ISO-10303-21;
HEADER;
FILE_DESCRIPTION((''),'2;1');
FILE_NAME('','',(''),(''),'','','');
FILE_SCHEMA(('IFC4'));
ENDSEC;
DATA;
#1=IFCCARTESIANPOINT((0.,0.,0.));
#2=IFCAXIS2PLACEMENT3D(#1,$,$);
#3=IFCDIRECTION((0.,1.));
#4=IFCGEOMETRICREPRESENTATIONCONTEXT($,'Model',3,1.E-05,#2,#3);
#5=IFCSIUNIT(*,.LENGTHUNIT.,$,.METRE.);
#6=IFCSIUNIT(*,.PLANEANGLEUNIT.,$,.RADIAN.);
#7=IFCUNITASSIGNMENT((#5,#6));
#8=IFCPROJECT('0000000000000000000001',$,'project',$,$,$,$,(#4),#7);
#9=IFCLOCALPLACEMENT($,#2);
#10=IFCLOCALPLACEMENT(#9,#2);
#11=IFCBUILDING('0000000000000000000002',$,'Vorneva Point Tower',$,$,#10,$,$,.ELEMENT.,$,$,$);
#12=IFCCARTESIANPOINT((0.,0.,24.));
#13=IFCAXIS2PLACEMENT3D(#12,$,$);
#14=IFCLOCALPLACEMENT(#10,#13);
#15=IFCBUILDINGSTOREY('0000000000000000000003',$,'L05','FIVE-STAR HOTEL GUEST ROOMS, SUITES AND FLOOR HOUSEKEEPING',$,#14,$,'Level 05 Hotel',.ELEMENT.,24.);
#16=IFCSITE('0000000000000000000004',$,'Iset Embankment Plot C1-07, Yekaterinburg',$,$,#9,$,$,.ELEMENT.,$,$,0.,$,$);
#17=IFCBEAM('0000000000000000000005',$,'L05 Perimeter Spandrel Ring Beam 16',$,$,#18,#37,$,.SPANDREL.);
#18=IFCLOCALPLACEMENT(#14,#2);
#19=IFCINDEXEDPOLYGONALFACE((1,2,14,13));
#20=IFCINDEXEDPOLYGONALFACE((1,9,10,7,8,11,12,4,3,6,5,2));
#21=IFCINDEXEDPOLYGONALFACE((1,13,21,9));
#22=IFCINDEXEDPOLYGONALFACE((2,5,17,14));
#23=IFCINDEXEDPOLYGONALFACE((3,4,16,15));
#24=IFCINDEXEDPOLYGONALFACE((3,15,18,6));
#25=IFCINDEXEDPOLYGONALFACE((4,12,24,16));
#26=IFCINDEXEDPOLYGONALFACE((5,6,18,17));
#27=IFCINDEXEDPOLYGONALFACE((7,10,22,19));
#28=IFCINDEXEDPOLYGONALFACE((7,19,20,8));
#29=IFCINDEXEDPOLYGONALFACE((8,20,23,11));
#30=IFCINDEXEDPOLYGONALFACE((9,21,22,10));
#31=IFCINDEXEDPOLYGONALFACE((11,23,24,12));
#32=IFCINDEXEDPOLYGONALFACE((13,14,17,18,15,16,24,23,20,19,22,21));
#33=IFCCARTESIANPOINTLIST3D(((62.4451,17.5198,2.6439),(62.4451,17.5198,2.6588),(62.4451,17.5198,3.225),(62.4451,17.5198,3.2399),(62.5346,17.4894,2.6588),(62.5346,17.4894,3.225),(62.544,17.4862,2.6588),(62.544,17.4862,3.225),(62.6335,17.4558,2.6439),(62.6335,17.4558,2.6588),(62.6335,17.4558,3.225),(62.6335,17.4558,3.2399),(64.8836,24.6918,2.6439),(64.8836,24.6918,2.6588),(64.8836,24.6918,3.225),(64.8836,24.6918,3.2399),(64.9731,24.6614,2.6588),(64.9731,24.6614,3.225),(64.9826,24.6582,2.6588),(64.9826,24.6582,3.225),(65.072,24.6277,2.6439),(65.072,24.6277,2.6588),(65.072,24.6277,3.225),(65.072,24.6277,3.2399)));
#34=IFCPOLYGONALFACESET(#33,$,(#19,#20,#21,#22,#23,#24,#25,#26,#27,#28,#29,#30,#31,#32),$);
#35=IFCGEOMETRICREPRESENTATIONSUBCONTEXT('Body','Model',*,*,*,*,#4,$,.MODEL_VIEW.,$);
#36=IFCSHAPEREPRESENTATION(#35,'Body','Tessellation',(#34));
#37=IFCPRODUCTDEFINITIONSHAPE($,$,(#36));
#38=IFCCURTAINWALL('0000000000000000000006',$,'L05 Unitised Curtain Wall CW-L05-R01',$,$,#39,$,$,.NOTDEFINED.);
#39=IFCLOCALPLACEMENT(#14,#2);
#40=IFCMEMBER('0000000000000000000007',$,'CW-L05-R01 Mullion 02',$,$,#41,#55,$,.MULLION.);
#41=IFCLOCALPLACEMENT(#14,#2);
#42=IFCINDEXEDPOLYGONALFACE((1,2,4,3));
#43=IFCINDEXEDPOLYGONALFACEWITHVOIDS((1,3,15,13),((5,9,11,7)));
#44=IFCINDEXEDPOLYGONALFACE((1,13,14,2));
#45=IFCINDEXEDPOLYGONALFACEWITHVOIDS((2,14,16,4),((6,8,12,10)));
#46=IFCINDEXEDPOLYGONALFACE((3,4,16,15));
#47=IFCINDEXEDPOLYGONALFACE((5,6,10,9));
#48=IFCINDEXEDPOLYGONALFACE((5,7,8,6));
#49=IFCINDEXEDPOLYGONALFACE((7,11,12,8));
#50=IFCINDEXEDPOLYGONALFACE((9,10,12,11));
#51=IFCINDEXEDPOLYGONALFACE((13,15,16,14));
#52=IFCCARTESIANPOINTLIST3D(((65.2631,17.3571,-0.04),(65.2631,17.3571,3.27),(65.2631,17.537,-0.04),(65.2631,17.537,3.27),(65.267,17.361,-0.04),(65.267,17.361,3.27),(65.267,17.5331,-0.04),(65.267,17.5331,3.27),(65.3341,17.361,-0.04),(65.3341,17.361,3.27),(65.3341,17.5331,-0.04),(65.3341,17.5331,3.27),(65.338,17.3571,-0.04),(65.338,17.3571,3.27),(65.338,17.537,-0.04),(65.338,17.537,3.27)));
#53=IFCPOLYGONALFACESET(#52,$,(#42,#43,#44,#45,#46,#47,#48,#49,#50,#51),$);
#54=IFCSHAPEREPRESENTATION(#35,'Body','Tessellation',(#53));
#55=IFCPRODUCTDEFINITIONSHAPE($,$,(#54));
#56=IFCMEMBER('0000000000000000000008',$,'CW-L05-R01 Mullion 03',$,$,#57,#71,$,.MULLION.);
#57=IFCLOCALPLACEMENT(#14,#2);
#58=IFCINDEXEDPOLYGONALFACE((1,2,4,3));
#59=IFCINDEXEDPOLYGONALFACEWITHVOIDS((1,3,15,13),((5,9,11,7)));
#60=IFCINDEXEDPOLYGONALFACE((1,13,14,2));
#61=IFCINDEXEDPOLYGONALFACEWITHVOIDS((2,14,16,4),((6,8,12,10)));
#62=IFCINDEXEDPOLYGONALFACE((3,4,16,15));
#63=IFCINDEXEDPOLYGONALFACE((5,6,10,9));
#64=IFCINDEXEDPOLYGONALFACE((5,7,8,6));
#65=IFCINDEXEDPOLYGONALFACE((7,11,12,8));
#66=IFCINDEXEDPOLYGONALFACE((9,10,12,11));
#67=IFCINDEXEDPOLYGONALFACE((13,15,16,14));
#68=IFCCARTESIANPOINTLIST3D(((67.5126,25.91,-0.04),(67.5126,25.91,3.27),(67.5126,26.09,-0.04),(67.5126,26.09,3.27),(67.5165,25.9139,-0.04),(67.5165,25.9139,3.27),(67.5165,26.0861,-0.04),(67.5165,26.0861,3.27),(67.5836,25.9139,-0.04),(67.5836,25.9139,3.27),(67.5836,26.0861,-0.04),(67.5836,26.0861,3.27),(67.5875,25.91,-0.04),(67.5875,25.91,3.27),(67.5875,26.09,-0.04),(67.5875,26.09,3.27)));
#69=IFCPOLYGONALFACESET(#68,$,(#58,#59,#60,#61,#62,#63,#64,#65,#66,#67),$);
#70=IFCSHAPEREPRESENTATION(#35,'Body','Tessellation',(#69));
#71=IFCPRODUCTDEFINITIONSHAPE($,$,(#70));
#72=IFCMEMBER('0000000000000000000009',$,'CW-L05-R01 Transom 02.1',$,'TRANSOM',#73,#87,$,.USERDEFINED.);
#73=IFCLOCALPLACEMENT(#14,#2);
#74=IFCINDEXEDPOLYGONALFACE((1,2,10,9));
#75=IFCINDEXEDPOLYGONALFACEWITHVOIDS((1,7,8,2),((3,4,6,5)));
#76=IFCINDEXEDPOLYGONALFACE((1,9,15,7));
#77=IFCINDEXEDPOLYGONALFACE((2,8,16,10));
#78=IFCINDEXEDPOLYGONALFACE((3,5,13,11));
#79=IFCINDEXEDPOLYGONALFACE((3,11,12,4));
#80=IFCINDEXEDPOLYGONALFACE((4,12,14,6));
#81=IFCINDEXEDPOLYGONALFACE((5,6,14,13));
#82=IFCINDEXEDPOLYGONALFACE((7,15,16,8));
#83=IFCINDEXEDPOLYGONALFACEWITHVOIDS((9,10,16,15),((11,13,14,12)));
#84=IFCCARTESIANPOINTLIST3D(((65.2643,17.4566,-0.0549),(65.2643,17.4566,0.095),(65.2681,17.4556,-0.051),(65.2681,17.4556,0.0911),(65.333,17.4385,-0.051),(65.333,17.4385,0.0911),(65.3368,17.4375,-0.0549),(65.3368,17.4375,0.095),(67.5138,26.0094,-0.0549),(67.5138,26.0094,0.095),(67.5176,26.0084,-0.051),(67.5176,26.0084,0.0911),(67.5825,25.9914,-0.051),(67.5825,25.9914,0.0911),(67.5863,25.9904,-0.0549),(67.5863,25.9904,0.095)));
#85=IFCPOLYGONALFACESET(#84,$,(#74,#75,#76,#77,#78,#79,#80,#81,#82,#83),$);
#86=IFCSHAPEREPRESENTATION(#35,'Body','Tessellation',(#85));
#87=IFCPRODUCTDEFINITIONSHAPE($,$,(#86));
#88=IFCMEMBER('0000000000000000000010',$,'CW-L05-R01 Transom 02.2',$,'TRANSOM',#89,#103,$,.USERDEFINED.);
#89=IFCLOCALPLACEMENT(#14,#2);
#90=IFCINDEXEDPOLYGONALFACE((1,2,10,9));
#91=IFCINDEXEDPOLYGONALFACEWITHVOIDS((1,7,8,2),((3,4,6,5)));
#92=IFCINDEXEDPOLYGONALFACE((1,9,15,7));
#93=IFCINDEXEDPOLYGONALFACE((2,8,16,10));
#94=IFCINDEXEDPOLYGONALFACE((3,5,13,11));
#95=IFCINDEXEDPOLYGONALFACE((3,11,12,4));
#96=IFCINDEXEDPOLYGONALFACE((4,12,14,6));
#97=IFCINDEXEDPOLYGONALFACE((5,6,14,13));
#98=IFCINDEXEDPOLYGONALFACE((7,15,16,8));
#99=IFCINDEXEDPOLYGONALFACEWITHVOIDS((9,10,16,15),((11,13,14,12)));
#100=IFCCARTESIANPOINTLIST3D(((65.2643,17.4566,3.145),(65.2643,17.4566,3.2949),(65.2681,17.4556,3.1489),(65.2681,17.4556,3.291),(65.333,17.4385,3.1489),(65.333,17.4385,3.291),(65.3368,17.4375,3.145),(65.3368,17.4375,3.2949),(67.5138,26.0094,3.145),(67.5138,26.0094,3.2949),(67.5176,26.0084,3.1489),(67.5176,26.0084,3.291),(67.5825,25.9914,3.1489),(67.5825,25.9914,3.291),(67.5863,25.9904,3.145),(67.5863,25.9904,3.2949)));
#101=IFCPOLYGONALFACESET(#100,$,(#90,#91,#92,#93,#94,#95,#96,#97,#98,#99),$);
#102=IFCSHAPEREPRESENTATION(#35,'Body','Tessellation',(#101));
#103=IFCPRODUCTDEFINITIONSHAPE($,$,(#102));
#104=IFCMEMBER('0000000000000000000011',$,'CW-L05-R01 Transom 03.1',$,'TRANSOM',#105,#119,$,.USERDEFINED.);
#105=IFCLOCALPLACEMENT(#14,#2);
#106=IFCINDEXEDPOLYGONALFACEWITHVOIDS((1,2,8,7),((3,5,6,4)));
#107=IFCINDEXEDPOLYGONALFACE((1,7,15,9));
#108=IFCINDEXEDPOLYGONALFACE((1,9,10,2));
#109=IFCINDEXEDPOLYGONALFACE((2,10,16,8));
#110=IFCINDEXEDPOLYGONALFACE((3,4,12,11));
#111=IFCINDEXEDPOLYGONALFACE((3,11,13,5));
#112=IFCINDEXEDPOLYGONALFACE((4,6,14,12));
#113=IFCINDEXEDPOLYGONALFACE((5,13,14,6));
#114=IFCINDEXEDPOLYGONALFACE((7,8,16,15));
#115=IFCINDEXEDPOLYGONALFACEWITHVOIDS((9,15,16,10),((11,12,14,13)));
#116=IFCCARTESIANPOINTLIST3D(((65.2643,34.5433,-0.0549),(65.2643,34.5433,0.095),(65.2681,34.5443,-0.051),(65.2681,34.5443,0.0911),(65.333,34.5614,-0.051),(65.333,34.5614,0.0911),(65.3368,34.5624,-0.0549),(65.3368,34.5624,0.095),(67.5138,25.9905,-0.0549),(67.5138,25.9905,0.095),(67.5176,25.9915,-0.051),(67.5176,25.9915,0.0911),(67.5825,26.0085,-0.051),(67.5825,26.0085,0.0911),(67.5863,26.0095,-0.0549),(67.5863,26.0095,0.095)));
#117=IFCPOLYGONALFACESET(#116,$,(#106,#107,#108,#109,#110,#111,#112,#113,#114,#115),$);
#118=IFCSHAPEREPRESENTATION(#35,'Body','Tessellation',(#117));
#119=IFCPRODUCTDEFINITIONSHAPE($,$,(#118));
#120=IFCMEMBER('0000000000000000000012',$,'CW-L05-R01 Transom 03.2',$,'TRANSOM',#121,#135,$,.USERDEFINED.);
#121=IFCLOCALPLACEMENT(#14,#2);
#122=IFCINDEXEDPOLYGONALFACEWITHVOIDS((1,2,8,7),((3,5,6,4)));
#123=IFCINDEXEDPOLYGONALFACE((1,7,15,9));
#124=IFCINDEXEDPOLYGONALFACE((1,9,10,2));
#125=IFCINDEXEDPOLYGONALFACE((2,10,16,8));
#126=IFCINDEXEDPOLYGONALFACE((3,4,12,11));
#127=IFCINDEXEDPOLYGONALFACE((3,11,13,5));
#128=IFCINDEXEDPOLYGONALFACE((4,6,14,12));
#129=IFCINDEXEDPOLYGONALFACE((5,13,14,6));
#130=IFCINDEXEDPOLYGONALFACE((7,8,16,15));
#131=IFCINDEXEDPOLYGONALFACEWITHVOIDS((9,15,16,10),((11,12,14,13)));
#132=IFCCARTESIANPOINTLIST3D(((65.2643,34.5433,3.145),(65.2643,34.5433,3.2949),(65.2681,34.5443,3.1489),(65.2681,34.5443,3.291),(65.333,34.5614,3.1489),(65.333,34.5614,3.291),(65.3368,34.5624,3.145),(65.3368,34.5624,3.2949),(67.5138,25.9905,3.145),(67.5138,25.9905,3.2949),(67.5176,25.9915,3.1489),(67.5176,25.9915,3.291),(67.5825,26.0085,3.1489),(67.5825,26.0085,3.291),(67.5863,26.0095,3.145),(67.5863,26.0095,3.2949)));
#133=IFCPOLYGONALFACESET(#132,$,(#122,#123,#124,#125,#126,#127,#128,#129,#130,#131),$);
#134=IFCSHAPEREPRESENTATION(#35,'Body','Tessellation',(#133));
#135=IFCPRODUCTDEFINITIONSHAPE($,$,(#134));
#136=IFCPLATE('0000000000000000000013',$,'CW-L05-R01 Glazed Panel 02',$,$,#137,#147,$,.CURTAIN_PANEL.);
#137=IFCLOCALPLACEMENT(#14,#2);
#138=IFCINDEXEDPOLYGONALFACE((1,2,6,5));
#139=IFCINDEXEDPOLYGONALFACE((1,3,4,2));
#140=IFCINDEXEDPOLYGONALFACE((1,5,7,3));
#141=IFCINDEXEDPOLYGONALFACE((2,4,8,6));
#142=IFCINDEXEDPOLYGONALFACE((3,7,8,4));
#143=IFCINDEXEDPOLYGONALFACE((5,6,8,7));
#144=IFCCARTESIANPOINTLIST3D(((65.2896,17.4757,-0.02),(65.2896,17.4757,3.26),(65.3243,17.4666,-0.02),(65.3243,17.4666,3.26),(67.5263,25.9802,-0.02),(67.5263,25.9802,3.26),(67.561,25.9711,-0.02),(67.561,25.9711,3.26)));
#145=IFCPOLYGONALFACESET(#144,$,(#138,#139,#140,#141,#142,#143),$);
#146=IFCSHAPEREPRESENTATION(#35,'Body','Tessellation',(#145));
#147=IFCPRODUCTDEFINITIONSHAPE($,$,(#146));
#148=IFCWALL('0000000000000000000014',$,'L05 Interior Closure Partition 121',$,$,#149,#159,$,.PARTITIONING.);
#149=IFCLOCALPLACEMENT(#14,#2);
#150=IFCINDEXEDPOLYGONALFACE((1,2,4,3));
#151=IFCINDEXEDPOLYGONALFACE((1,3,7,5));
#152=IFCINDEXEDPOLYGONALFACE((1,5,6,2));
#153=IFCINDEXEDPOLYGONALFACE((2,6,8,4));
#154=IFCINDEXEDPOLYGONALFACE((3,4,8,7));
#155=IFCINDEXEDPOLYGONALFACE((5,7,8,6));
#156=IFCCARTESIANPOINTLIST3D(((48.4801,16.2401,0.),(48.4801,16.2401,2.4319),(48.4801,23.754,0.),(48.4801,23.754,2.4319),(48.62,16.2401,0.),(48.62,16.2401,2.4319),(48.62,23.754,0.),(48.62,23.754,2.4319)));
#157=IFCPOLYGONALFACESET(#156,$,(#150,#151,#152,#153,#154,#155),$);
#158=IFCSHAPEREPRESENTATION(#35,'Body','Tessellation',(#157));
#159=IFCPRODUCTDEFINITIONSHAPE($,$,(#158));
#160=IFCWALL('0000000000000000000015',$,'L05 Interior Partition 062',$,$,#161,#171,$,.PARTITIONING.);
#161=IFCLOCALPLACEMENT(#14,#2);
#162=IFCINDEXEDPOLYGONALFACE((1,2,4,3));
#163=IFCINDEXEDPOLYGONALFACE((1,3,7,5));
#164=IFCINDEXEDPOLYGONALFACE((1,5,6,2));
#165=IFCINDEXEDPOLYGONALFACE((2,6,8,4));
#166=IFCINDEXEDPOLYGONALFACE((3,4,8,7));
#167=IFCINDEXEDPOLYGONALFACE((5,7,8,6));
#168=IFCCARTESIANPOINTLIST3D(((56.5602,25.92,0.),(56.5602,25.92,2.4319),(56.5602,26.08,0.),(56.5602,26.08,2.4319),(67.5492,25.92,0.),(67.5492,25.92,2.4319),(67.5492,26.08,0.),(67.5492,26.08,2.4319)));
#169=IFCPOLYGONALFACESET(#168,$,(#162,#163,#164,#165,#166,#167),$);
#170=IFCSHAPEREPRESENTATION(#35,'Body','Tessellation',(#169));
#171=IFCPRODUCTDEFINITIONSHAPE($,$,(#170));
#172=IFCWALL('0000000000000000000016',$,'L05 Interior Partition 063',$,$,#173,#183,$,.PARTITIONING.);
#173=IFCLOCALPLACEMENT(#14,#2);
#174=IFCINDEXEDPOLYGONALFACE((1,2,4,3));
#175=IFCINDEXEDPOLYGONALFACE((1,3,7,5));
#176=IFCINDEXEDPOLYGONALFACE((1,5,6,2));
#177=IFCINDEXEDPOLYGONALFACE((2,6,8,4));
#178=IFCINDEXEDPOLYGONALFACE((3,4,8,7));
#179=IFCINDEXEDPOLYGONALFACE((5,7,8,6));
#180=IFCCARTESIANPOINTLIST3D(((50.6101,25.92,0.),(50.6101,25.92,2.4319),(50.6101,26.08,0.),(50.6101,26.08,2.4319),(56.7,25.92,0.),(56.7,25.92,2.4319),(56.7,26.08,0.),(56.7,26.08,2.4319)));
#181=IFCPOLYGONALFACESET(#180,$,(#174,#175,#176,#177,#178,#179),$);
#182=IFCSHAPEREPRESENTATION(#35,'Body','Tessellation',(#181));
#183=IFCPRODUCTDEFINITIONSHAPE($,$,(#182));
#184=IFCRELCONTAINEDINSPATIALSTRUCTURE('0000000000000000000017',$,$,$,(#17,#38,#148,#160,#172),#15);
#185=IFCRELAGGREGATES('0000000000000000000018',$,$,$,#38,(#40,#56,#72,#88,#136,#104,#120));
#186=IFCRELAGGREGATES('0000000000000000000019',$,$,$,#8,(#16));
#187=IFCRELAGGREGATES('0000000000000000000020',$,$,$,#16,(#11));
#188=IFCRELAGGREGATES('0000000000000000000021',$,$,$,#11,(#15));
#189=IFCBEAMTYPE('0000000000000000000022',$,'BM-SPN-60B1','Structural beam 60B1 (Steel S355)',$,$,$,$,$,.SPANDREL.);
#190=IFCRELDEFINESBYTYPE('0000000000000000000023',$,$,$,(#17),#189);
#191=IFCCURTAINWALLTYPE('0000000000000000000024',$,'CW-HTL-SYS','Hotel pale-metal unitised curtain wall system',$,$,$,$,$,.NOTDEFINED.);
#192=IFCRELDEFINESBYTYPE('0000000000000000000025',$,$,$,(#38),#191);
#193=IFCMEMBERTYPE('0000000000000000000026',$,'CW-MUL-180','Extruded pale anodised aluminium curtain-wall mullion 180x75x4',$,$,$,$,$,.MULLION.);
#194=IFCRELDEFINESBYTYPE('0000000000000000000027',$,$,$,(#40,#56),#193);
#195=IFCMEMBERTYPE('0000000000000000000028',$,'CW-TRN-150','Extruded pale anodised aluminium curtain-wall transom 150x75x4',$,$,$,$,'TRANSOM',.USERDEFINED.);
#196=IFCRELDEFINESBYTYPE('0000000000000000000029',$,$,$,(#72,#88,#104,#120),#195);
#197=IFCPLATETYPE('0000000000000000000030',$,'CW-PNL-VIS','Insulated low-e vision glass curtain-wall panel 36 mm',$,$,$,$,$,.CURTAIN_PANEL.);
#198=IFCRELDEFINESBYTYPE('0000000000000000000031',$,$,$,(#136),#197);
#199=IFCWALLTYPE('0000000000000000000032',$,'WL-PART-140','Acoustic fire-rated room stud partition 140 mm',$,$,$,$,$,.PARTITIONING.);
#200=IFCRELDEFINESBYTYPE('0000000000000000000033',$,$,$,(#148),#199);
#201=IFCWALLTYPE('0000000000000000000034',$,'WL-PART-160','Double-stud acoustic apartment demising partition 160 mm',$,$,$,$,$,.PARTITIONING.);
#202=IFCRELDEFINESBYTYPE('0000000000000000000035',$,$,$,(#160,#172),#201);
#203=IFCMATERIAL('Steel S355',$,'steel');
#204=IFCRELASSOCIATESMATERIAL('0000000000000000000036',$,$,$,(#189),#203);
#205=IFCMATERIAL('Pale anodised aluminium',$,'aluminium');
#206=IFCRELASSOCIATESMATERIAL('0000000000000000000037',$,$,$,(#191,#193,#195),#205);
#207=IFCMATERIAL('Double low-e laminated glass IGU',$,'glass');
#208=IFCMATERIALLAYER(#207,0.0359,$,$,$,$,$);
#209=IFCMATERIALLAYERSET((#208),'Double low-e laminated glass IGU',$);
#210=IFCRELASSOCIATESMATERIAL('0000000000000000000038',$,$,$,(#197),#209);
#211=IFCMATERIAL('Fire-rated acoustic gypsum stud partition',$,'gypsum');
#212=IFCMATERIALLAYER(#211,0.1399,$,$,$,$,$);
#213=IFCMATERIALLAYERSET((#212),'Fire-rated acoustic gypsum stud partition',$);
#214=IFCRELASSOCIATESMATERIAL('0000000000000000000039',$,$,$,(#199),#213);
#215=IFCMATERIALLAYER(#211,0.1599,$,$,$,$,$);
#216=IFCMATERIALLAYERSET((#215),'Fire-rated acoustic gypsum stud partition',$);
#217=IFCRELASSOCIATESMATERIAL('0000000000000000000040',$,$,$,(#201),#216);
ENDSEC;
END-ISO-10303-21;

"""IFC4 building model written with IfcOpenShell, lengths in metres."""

from ifc_helpers import new_model, si_unit, direction, frame, frame_2d, origin, origin_2d, place, context, subcontext, project, spatial, rectangle, hollow_rectangle, i_section, extrude, material, layer, layer_set, material_profile, profile_set, type_object, element, aggregate, save


model = new_model("IFC4")

# Units and contexts
model_context = context("Model", 3, precision=1e-05, world=origin(), true_north=direction((0.0, 1.0)))
body_context = subcontext(model_context, "Body", "Model", "MODEL_VIEW")
ifc_project = project(units=[si_unit("LENGTHUNIT", "METRE"), si_unit("PLANEANGLEUNIT", "RADIAN")], contexts=[model_context])

# Site, building, storey
site_placement = place(None, origin())
site = spatial("IfcSite", under=ifc_project, at=site_placement, Name="Iset Embankment Plot C1-07, Yekaterinburg", CompositionType="ELEMENT", RefElevation=0.0)
building_placement = place(site_placement, origin())
building = spatial("IfcBuilding", under=site, at=building_placement, Name="Vorneva Point Tower", CompositionType="ELEMENT")
storey_placement = place(building_placement, frame((0.0, 0.0, 24.0)))
storey = spatial("IfcBuildingStorey", under=building, at=storey_placement, Name="L05", Description="FIVE-STAR HOTEL GUEST ROOMS, SUITES AND FLOOR HOUSEKEEPING", LongName="Level 05 Hotel", CompositionType="ELEMENT", Elevation=24.0)

# Beam
ifc_material_1 = material(Name="Steel S355", Category="steel")
ifc_material_profile_1 = material_profile(ifc_material_1, i_section(OverallWidth=0.199, OverallDepth=0.5959, WebThickness=0.01, FlangeThickness=0.0149, at=origin_2d()), Name="60B1")
ifc_profile_set_1 = profile_set([ifc_material_profile_1], Name="Steel S355")
beam_type_1 = type_object("IfcBeamType", Name="BM-SPN-60B1", Description="Structural beam 60B1 (Steel S355)", PredefinedType="SPANDREL", material=ifc_profile_set_1)
beam_1_placement = place(storey_placement, frame((62.5393, 17.4878, 2.9419), z_axis=(0.321907, 0.946771, 0.0), x_axis=(-0.946771, 0.321907, 0.0)))
element("IfcBeam", 1, at=beam_1_placement, inside=storey, type_object=beam_type_1, Name="L05 Perimeter Spandrel Ring Beam 16", PredefinedType="SPANDREL", context=body_context, shape_type="SweptSolid", body=[
    extrude(i_section(OverallWidth=0.199, OverallDepth=0.5959, WebThickness=0.01, FlangeThickness=0.0149, at=origin_2d()), origin(), (0.0, 0.0, 1.0), 7.5752),
])

# Curtain wall, members, plate
ifc_material_2 = material(Name="Pale anodised aluminium", Category="aluminium")
curtain_wall_type = type_object("IfcCurtainWallType", Name="CW-HTL-SYS", Description="Hotel pale-metal unitised curtain wall system", PredefinedType="NOTDEFINED", material=ifc_material_2)
curtain_wall_placement = place(storey_placement, origin())
curtain_wall = element("IfcCurtainWall", 2, at=curtain_wall_placement, inside=storey, type_object=curtain_wall_type, Name="L05 Unitised Curtain Wall CW-L05-R01", PredefinedType="NOTDEFINED")
ifc_material_profile_2 = material_profile(ifc_material_2, hollow_rectangle(XDim=0.075, YDim=0.1799, WallThickness=0.0039, at=origin_2d()), Name="AL-MUL 180x75x4")
ifc_profile_set_2 = profile_set([ifc_material_profile_2], Name="Pale anodised aluminium")
member_type_1 = type_object("IfcMemberType", Name="CW-MUL-180", Description="Extruded pale anodised aluminium curtain-wall mullion 180x75x4", PredefinedType="MULLION", material=ifc_profile_set_2)
member_1_placement = place(storey_placement, frame((65.3005, 17.447, -0.04), z_axis=(0.0, 0.0, 1.0), x_axis=(1.0, 0.0, 0.0)))
member_1 = element("IfcMember", 3, at=member_1_placement, type_object=member_type_1, Name="CW-L05-R01 Mullion 02", PredefinedType="MULLION", context=body_context, shape_type="SweptSolid", body=[
    extrude(hollow_rectangle(XDim=0.075, YDim=0.1799, WallThickness=0.0039, at=origin_2d()), origin(), (0.0, 0.0, 1.0), 3.3101),
])
member_2_placement = place(storey_placement, frame((67.55, 26.0, -0.04), z_axis=(0.0, 0.0, 1.0), x_axis=(1.0, 0.0, 0.0)))
member_2 = element("IfcMember", 4, at=member_2_placement, type_object=member_type_1, Name="CW-L05-R01 Mullion 03", PredefinedType="MULLION", context=body_context, shape_type="SweptSolid", body=[
    extrude(hollow_rectangle(XDim=0.075, YDim=0.1799, WallThickness=0.0039, at=origin_2d()), origin(), (0.0, 0.0, 1.0), 3.3101),
])
ifc_material_profile_3 = material_profile(ifc_material_2, hollow_rectangle(XDim=0.075, YDim=0.1499, WallThickness=0.0039, at=origin_2d()), Name="AL-TRN 150x75x4")
ifc_profile_set_3 = profile_set([ifc_material_profile_3], Name="Pale anodised aluminium")
member_type_2 = type_object("IfcMemberType", Name="CW-TRN-150", Description="Extruded pale anodised aluminium curtain-wall transom 150x75x4", ElementType="TRANSOM", PredefinedType="USERDEFINED", material=ifc_profile_set_3)
member_3_placement = place(storey_placement, frame((65.3005, 17.447, 0.02), z_axis=(0.254359, 0.96711, 0.0), x_axis=(-0.96711, 0.254359, 0.0)))
member_3 = element("IfcMember", 5, at=member_3_placement, type_object=member_type_2, Name="CW-L05-R01 Transom 02.1", ObjectType="TRANSOM", PredefinedType="USERDEFINED", context=body_context, shape_type="SweptSolid", body=[
    extrude(hollow_rectangle(XDim=0.075, YDim=0.1499, WallThickness=0.0039, at=origin_2d()), origin(), (0.0, 0.0, 1.0), 8.8438),
])
member_4_placement = place(storey_placement, frame((65.3005, 17.447, 3.22), z_axis=(0.254359, 0.96711, 0.0), x_axis=(-0.96711, 0.254359, 0.0)))
member_4 = element("IfcMember", 6, at=member_4_placement, type_object=member_type_2, Name="CW-L05-R01 Transom 02.2", ObjectType="TRANSOM", PredefinedType="USERDEFINED", context=body_context, shape_type="SweptSolid", body=[
    extrude(hollow_rectangle(XDim=0.075, YDim=0.1499, WallThickness=0.0039, at=origin_2d()), origin(), (0.0, 0.0, 1.0), 8.8438),
])
member_5_placement = place(storey_placement, frame((67.55, 26.0, 0.02), z_axis=(-0.254359, 0.96711, 0.0), x_axis=(-0.96711, -0.254359, 0.0)))
member_5 = element("IfcMember", 7, at=member_5_placement, type_object=member_type_2, Name="CW-L05-R01 Transom 03.1", ObjectType="TRANSOM", PredefinedType="USERDEFINED", context=body_context, shape_type="SweptSolid", body=[
    extrude(hollow_rectangle(XDim=0.075, YDim=0.1499, WallThickness=0.0039, at=origin_2d()), origin(), (0.0, 0.0, 1.0), 8.8438),
])
member_6_placement = place(storey_placement, frame((67.55, 26.0, 3.22), z_axis=(-0.254359, 0.96711, 0.0), x_axis=(-0.96711, -0.254359, 0.0)))
member_6 = element("IfcMember", 8, at=member_6_placement, type_object=member_type_2, Name="CW-L05-R01 Transom 03.2", ObjectType="TRANSOM", PredefinedType="USERDEFINED", context=body_context, shape_type="SweptSolid", body=[
    extrude(hollow_rectangle(XDim=0.075, YDim=0.1499, WallThickness=0.0039, at=origin_2d()), origin(), (0.0, 0.0, 1.0), 8.8438),
])
ifc_material_3 = material(Name="Double low-e laminated glass IGU", Category="glass")
ifc_layer_1 = layer(ifc_material_3, 0.0359)
ifc_layer_set_1 = layer_set([ifc_layer_1], Name="Double low-e laminated glass IGU")
plate_type = type_object("IfcPlateType", Name="CW-PNL-VIS", Description="Insulated low-e vision glass curtain-wall panel 36 mm", PredefinedType="CURTAIN_PANEL", material=ifc_layer_set_1)
plate_placement = place(storey_placement, frame((66.4253, 21.7234, -0.02), z_axis=(0.0, 0.0, 1.0), x_axis=(0.254349, 0.967113, 0.0)))
plate = element("IfcPlate", 9, at=plate_placement, type_object=plate_type, Name="CW-L05-R01 Glazed Panel 02", PredefinedType="CURTAIN_PANEL", context=body_context, shape_type="SweptSolid", body=[
    extrude(rectangle(XDim=8.7937, YDim=0.0359, at=origin_2d()), origin(), (0.0, 0.0, 1.0), 3.28),
])
aggregate(curtain_wall, [member_1, member_2, member_3, member_4, plate, member_5, member_6])

# Walls
ifc_material_4 = material(Name="Fire-rated acoustic gypsum stud partition", Category="gypsum")
ifc_layer_2 = layer(ifc_material_4, 0.1399)
ifc_layer_set_2 = layer_set([ifc_layer_2], Name="Fire-rated acoustic gypsum stud partition")
wall_type_1 = type_object("IfcWallType", Name="WL-PART-140", Description="Acoustic fire-rated room stud partition 140 mm", PredefinedType="PARTITIONING", material=ifc_layer_set_2)
wall_1_placement = place(storey_placement, frame((48.55, 23.7539, 0.0), z_axis=(0.0, 0.0, 1.0), x_axis=(0.0, -1.0, 0.0)))
element("IfcWall", 10, at=wall_1_placement, inside=storey, type_object=wall_type_1, Name="L05 Interior Closure Partition 121", PredefinedType="PARTITIONING", context=body_context, shape_type="SweptSolid", body=[
    extrude(rectangle(XDim=7.5139, YDim=0.1399, at=frame_2d((3.7568, 0.0))), origin(), (0.0, 0.0, 1.0), 2.4319),
])
ifc_layer_3 = layer(ifc_material_4, 0.1599)
ifc_layer_set_3 = layer_set([ifc_layer_3], Name="Fire-rated acoustic gypsum stud partition")
wall_type_2 = type_object("IfcWallType", Name="WL-PART-160", Description="Double-stud acoustic apartment demising partition 160 mm", PredefinedType="PARTITIONING", material=ifc_layer_set_3)
wall_2_placement = place(storey_placement, frame((56.5601, 26.0, 0.0), z_axis=(0.0, 0.0, 1.0), x_axis=(1.0, 0.0, 0.0)))
element("IfcWall", 11, at=wall_2_placement, inside=storey, type_object=wall_type_2, Name="L05 Interior Partition 062", PredefinedType="PARTITIONING", context=body_context, shape_type="SweptSolid", body=[
    extrude(rectangle(XDim=10.989, YDim=0.1599, at=frame_2d((5.4946, 0.0))), origin(), (0.0, 0.0, 1.0), 2.4319),
])
wall_3_placement = place(storey_placement, frame((50.6101, 26.0, 0.0), z_axis=(0.0, 0.0, 1.0), x_axis=(1.0, 0.0, 0.0)))
element("IfcWall", 12, at=wall_3_placement, inside=storey, type_object=wall_type_2, Name="L05 Interior Partition 063", PredefinedType="PARTITIONING", context=body_context, shape_type="SweptSolid", body=[
    extrude(rectangle(XDim=6.0898, YDim=0.1599, at=frame_2d((3.0449, 0.0))), origin(), (0.0, 0.0, 1.0), 2.4319),
])

save(model, "model.ifc")
